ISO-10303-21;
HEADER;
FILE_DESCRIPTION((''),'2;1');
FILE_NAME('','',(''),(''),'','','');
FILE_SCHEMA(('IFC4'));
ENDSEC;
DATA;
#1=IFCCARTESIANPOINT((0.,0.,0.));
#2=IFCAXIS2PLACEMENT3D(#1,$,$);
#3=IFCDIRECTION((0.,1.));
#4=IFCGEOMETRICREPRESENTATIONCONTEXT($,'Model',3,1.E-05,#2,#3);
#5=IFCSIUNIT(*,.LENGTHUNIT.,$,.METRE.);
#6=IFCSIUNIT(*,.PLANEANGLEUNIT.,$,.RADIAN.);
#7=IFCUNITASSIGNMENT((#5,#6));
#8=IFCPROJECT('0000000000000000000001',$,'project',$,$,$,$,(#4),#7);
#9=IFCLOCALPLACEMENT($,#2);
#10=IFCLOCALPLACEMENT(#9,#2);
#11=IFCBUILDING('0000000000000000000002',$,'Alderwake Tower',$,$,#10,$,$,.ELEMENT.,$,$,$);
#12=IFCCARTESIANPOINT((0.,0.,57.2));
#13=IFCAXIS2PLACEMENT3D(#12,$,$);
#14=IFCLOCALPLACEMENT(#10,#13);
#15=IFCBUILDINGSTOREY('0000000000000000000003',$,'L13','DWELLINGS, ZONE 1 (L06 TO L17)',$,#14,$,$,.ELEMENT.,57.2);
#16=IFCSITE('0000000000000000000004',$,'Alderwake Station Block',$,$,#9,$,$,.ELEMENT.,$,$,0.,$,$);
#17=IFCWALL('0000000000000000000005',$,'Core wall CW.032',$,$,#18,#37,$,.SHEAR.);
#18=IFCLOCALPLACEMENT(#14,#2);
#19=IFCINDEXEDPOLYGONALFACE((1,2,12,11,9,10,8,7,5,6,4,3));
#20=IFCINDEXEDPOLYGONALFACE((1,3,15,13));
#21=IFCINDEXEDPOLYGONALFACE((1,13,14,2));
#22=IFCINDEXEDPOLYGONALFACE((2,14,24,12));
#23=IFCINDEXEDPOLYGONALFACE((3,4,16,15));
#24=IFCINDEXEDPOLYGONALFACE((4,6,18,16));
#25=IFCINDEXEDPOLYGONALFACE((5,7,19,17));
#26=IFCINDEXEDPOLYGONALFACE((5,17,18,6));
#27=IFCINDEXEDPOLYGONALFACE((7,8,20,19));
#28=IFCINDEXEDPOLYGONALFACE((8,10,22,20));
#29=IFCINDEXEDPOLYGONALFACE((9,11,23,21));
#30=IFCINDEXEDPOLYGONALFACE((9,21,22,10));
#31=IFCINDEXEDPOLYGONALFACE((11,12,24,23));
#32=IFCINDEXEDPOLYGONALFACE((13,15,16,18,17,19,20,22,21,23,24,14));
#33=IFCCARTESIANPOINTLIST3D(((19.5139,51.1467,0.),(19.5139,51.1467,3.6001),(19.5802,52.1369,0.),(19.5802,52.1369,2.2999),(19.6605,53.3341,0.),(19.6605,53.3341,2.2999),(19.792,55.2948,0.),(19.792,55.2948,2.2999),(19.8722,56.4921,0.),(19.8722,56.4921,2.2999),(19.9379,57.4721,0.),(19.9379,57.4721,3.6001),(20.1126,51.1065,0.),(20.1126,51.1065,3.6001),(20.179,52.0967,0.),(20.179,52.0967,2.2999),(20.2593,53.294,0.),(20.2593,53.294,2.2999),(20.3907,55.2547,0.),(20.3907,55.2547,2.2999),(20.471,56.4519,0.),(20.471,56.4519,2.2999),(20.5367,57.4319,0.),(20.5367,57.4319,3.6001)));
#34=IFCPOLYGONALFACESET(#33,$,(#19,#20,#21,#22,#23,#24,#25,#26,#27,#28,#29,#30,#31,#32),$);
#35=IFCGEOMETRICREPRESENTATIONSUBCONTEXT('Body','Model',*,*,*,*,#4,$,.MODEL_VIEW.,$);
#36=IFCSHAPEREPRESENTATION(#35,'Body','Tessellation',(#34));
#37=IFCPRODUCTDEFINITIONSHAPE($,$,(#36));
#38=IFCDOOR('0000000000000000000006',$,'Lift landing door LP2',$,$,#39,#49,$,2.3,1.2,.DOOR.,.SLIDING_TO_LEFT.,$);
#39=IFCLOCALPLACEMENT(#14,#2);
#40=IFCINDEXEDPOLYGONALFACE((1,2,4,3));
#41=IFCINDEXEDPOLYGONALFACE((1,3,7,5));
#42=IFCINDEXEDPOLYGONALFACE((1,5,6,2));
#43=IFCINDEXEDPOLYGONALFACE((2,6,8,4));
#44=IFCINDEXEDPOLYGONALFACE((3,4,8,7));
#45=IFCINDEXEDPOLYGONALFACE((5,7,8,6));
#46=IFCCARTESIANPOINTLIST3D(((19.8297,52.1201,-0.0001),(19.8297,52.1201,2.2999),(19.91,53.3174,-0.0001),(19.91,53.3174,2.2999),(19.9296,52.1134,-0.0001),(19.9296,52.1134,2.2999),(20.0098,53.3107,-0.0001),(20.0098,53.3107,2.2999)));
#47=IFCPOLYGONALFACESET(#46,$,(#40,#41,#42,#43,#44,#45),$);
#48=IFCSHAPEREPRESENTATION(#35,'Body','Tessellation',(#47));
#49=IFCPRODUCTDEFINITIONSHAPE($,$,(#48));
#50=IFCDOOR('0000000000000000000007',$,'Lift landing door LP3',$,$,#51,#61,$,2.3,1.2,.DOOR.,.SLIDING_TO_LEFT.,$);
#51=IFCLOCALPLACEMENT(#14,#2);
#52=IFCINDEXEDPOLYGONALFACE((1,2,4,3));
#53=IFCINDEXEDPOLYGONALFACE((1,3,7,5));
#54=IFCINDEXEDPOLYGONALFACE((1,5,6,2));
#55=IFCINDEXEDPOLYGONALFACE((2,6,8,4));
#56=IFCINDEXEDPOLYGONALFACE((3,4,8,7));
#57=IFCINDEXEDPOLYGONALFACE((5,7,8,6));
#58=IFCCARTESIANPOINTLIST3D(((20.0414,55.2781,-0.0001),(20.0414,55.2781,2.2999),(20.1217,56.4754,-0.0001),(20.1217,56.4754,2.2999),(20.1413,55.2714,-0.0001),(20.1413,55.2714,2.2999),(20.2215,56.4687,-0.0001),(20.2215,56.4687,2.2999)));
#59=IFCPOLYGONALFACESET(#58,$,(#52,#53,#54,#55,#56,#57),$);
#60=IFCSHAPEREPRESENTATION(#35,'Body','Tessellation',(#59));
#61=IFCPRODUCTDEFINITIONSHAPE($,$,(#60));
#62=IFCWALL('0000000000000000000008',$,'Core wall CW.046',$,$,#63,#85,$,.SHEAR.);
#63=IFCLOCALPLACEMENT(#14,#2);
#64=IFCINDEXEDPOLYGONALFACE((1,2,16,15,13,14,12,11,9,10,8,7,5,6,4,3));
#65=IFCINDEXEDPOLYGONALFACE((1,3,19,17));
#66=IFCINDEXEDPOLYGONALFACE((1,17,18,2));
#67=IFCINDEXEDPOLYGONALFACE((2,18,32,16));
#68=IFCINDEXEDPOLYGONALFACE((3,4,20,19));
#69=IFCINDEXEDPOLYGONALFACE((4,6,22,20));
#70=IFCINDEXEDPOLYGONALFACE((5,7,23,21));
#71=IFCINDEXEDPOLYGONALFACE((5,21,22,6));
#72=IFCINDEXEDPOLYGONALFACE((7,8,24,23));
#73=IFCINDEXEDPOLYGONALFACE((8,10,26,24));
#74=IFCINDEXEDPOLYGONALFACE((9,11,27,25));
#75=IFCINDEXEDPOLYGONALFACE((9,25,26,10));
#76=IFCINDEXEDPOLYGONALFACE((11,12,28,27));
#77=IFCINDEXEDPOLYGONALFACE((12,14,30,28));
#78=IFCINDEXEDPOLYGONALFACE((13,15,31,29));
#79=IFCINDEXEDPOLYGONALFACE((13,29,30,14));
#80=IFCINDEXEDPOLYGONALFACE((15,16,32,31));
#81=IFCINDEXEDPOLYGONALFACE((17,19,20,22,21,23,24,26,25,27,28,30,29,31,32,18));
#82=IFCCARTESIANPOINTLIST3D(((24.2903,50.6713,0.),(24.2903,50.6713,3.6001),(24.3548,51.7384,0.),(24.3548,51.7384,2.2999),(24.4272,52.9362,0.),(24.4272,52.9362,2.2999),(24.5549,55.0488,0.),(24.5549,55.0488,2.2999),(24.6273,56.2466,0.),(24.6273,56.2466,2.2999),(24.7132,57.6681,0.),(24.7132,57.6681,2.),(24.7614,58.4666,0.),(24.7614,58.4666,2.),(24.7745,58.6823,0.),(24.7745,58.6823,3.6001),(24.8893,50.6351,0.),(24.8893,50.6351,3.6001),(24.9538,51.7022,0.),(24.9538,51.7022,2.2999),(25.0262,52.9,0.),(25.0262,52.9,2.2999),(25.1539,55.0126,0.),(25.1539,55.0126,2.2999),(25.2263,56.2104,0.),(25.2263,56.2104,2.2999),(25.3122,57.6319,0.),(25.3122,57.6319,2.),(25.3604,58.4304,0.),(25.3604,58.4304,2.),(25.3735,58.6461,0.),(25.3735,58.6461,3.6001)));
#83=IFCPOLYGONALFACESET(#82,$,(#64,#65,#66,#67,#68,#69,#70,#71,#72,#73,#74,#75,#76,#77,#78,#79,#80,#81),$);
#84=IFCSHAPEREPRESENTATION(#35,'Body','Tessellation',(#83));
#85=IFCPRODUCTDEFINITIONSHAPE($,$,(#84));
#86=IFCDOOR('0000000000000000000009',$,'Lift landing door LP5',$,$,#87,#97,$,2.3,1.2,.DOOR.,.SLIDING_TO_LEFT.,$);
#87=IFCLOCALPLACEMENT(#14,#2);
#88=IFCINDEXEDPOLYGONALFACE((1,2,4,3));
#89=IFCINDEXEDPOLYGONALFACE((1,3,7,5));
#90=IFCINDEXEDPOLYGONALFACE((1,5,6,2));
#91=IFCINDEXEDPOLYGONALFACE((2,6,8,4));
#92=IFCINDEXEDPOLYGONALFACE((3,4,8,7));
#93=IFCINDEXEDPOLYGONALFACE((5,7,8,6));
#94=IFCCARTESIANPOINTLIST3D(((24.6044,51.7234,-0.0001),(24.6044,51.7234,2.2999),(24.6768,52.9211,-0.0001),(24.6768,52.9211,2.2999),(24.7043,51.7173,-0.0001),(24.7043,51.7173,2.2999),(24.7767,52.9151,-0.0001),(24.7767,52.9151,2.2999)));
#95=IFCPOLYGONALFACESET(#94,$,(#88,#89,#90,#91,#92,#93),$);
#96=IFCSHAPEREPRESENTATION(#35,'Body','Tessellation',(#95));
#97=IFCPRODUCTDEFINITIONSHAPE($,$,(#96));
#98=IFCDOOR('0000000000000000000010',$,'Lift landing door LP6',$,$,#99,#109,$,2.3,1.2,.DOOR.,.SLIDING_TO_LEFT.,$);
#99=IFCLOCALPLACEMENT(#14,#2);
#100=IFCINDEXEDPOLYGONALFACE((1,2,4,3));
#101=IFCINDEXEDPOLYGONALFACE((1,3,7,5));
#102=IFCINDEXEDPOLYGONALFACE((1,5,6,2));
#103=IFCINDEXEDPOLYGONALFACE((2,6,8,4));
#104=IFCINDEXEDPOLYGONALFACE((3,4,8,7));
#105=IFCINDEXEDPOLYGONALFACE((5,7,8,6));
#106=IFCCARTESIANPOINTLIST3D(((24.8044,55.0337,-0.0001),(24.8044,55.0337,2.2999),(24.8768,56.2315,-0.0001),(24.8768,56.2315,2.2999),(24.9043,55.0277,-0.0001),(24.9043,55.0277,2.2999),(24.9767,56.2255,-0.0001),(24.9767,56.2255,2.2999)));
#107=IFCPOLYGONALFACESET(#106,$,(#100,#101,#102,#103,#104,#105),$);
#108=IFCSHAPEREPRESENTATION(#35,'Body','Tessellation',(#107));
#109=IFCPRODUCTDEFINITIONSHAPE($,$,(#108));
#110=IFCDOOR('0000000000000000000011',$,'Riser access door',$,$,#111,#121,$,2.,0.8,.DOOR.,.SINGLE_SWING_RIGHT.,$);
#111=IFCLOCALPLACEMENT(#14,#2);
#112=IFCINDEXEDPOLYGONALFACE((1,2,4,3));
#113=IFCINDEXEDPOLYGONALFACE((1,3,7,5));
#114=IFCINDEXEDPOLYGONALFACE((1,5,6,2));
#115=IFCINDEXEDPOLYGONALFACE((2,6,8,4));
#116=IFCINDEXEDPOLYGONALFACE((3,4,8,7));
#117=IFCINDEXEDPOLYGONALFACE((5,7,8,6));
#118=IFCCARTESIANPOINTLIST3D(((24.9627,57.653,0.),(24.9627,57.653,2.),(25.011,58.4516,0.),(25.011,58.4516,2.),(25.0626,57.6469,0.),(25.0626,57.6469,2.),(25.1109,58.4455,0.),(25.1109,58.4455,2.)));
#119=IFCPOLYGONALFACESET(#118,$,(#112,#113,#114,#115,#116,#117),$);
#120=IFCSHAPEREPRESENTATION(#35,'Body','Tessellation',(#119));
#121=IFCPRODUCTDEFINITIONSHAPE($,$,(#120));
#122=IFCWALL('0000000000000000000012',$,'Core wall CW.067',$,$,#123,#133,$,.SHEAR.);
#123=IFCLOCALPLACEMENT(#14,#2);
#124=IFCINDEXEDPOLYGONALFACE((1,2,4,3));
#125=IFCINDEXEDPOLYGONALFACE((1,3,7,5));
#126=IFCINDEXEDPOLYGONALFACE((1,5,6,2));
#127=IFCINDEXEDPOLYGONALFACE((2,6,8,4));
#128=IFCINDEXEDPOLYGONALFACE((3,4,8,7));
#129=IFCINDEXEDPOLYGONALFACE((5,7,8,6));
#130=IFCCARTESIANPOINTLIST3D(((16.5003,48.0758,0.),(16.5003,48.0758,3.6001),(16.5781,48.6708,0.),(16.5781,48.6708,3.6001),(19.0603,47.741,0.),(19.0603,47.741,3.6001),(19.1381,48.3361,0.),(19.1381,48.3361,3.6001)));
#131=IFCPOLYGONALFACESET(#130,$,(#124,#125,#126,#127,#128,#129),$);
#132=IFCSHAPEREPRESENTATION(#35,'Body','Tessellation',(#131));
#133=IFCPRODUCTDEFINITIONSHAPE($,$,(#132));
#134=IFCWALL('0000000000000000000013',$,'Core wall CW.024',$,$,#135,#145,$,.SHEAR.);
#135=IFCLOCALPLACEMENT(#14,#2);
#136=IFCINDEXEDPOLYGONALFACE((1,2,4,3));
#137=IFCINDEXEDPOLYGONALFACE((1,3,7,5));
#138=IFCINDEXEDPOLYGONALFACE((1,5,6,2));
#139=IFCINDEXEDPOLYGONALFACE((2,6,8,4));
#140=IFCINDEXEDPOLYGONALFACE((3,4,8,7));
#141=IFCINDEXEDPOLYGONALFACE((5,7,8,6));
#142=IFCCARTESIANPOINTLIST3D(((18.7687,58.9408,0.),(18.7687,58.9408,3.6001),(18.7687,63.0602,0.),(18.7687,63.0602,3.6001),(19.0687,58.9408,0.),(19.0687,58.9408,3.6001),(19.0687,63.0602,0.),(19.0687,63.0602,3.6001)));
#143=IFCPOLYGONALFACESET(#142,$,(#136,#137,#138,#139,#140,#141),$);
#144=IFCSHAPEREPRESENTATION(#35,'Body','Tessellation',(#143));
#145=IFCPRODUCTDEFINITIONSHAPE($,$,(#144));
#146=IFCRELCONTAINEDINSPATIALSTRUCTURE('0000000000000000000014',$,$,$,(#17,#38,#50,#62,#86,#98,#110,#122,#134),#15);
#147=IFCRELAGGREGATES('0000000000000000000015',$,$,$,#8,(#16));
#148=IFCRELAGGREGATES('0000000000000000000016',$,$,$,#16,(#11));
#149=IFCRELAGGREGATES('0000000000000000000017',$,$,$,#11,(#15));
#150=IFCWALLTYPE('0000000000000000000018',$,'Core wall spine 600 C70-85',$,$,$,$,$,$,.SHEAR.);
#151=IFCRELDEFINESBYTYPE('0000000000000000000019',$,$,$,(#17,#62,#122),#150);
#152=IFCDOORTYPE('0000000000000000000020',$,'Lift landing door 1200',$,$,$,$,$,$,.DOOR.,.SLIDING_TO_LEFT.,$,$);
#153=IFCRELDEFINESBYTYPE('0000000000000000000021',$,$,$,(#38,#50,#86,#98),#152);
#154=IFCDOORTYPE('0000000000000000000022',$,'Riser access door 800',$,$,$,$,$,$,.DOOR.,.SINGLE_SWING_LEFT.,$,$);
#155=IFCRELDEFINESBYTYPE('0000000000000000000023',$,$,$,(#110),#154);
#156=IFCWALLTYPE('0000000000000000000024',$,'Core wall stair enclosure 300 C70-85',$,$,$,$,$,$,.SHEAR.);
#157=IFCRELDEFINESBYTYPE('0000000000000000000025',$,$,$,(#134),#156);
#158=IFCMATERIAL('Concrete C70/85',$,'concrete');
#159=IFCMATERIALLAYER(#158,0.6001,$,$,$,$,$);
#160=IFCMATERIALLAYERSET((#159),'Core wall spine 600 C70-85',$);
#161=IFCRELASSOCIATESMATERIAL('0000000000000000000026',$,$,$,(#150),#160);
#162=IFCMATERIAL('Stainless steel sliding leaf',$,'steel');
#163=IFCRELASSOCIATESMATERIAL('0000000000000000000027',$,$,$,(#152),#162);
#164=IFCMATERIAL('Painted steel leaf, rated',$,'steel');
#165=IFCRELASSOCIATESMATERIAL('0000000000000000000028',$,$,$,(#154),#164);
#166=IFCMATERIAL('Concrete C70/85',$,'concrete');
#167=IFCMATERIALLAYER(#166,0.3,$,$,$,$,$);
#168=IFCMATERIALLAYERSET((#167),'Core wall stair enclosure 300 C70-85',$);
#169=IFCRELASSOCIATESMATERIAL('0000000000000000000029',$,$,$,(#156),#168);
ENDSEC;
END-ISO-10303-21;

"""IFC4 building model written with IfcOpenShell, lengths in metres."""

from ifc_helpers import new_model, si_unit, direction, frame, frame_2d, origin, place, context, subcontext, project, spatial, rectangle, extrude, material, layer, layer_set, type_object, element, fill, save


model = new_model("IFC4")

# Units and contexts
model_context = context("Model", 3, precision=1e-05, world=origin(), true_north=direction((0.0, 1.0)))
body_context = subcontext(model_context, "Body", "Model", "MODEL_VIEW")
ifc_project = project(units=[si_unit("LENGTHUNIT", "METRE"), si_unit("PLANEANGLEUNIT", "RADIAN")], contexts=[model_context])

# Site, building, storey
site_placement = place(None, origin())
site = spatial("IfcSite", under=ifc_project, at=site_placement, Name="Alderwake Station Block", CompositionType="ELEMENT", RefElevation=0.0)
building_placement = place(site_placement, origin())
building = spatial("IfcBuilding", under=site, at=building_placement, Name="Alderwake Tower", CompositionType="ELEMENT")
storey_placement = place(building_placement, frame((0.0, 0.0, 57.2)))
storey = spatial("IfcBuildingStorey", under=building, at=storey_placement, Name="L13", Description="DWELLINGS, ZONE 1 (L06 TO L17)", CompositionType="ELEMENT", Elevation=57.2)

# Walls, openings, doors
ifc_material_1 = material(Name="Concrete C70/85", Category="concrete")
ifc_layer_1 = layer(ifc_material_1, 0.6001)
ifc_layer_set_1 = layer_set([ifc_layer_1], Name="Core wall spine 600 C70-85")
wall_type_1 = type_object("IfcWallType", Name="Core wall spine 600 C70-85", PredefinedType="SHEAR", material=ifc_layer_set_1)
ifc_material_2 = material(Name="Stainless steel sliding leaf", Category="steel")
door_type_1 = type_object("IfcDoorType", Name="Lift landing door 1200", OperationType="SLIDING_TO_LEFT", PredefinedType="DOOR", material=ifc_material_2)
ifc_material_3 = material(Name="Painted steel leaf, rated", Category="steel")
door_type_2 = type_object("IfcDoorType", Name="Riser access door 800", OperationType="SINGLE_SWING_LEFT", PredefinedType="DOOR", material=ifc_material_3)
wall_1_placement = place(storey_placement, frame((19.8132, 51.1265, 0.0), z_axis=(0.0, 0.0, 1.0), x_axis=(0.066892, 0.99776, 0.0)))
wall_1 = element("IfcWall", 1, at=wall_1_placement, inside=storey, type_object=wall_type_1, Name="Core wall CW.032", PredefinedType="SHEAR", context=body_context, shape_type="SweptSolid", body=[
    extrude(rectangle(XDim=6.3396, YDim=0.6001, at=frame_2d((3.1699, 0.0))), origin(), (0.0, 0.0, 1.0), 3.6001),
])
opening_1_placement = place(wall_1_placement, frame((0.9924, 0.0, 0.0)))
opening_1 = element("IfcOpeningElement", 2, at=opening_1_placement, cuts=wall_1, PredefinedType="OPENING", context=body_context, shape_type="SweptSolid", body=[
    extrude(rectangle(XDim=1.2, YDim=2.3, at=frame_2d((0.6001, 1.1499))), frame((0.0, 0.3101, 0.0), z_axis=(0.0, -1.0, 0.0), x_axis=(1.0, 0.0, 0.0)), (0.0, 0.0, 1.0), 0.6201),
])
opening_2_placement = place(wall_1_placement, frame((4.1575, 0.0, 0.0)))
opening_2 = element("IfcOpeningElement", 3, at=opening_2_placement, cuts=wall_1, PredefinedType="OPENING", context=body_context, shape_type="SweptSolid", body=[
    extrude(rectangle(XDim=1.2, YDim=2.3, at=frame_2d((0.6001, 1.1499))), frame((0.0, 0.3101, 0.0), z_axis=(0.0, -1.0, 0.0), x_axis=(1.0, 0.0, 0.0)), (0.0, 0.0, 1.0), 0.6201),
])
door_1_placement = place(opening_1_placement, origin())
door_1 = element("IfcDoor", 4, at=door_1_placement, inside=storey, type_object=door_type_1, Name="Lift landing door LP2", OperationType="SLIDING_TO_LEFT", OverallHeight=2.3, OverallWidth=1.2, PredefinedType="DOOR", context=body_context, shape_type="SweptSolid", body=[
    extrude(rectangle(XDim=1.2, YDim=2.3, at=frame_2d((0.6001, 1.1499))), frame((0.0, 0.05, 0.0), z_axis=(0.0, -1.0, 0.0), x_axis=(1.0, 0.0, 0.0)), (0.0, 0.0, 1.0), 0.1001),
])
fill(opening_1, door_1)
door_2_placement = place(opening_2_placement, origin())
door_2 = element("IfcDoor", 5, at=door_2_placement, inside=storey, type_object=door_type_1, Name="Lift landing door LP3", OperationType="SLIDING_TO_LEFT", OverallHeight=2.3, OverallWidth=1.2, PredefinedType="DOOR", context=body_context, shape_type="SweptSolid", body=[
    extrude(rectangle(XDim=1.2, YDim=2.3, at=frame_2d((0.6001, 1.1499))), frame((0.0, 0.05, 0.0), z_axis=(0.0, -1.0, 0.0), x_axis=(1.0, 0.0, 0.0)), (0.0, 0.0, 1.0), 0.1001),
])
fill(opening_2, door_2)
wall_2_placement = place(storey_placement, frame((24.5898, 50.6533, 0.0), z_axis=(0.0, 0.0, 1.0), x_axis=(0.060323, 0.998179, 0.0)))
wall_2 = element("IfcWall", 6, at=wall_2_placement, inside=storey, type_object=wall_type_1, Name="Core wall CW.046", PredefinedType="SHEAR", context=body_context, shape_type="SweptSolid", body=[
    extrude(rectangle(XDim=8.0256, YDim=0.6001, at=frame_2d((4.0127, 0.0))), origin(), (0.0, 0.0, 1.0), 3.6001),
])
opening_3_placement = place(wall_2_placement, frame((1.0688, 0.0, 0.0)))
opening_3 = element("IfcOpeningElement", 7, at=opening_3_placement, cuts=wall_2, PredefinedType="OPENING", context=body_context, shape_type="SweptSolid", body=[
    extrude(rectangle(XDim=1.2, YDim=2.3, at=frame_2d((0.6001, 1.1499))), frame((0.0, 0.3101, 0.0), z_axis=(0.0, -1.0, 0.0), x_axis=(1.0, 0.0, 0.0)), (0.0, 0.0, 1.0), 0.6201),
])
opening_4_placement = place(wall_2_placement, frame((4.3853, 0.0, 0.0)))
opening_4 = element("IfcOpeningElement", 8, at=opening_4_placement, cuts=wall_2, PredefinedType="OPENING", context=body_context, shape_type="SweptSolid", body=[
    extrude(rectangle(XDim=1.2, YDim=2.3, at=frame_2d((0.6001, 1.1499))), frame((0.0, 0.3101, 0.0), z_axis=(0.0, -1.0, 0.0), x_axis=(1.0, 0.0, 0.0)), (0.0, 0.0, 1.0), 0.6201),
])
opening_5_placement = place(wall_2_placement, frame((7.0095, 0.0, 0.0)))
opening_5 = element("IfcOpeningElement", 9, at=opening_5_placement, cuts=wall_2, PredefinedType="OPENING", context=body_context, shape_type="SweptSolid", body=[
    extrude(rectangle(XDim=0.8, YDim=2.0, at=frame_2d((0.3999, 1.0))), frame((0.0, 0.3101, 0.0), z_axis=(0.0, -1.0, 0.0), x_axis=(1.0, 0.0, 0.0)), (0.0, 0.0, 1.0), 0.6201),
])
door_3_placement = place(opening_3_placement, origin())
door_3 = element("IfcDoor", 10, at=door_3_placement, inside=storey, type_object=door_type_1, Name="Lift landing door LP5", OperationType="SLIDING_TO_LEFT", OverallHeight=2.3, OverallWidth=1.2, PredefinedType="DOOR", context=body_context, shape_type="SweptSolid", body=[
    extrude(rectangle(XDim=1.2, YDim=2.3, at=frame_2d((0.6001, 1.1499))), frame((0.0, 0.05, 0.0), z_axis=(0.0, -1.0, 0.0), x_axis=(1.0, 0.0, 0.0)), (0.0, 0.0, 1.0), 0.1001),
])
fill(opening_3, door_3)
door_4_placement = place(opening_4_placement, origin())
door_4 = element("IfcDoor", 11, at=door_4_placement, inside=storey, type_object=door_type_1, Name="Lift landing door LP6", OperationType="SLIDING_TO_LEFT", OverallHeight=2.3, OverallWidth=1.2, PredefinedType="DOOR", context=body_context, shape_type="SweptSolid", body=[
    extrude(rectangle(XDim=1.2, YDim=2.3, at=frame_2d((0.6001, 1.1499))), frame((0.0, 0.05, 0.0), z_axis=(0.0, -1.0, 0.0), x_axis=(1.0, 0.0, 0.0)), (0.0, 0.0, 1.0), 0.1001),
])
fill(opening_4, door_4)
door_5_placement = place(opening_5_placement, origin())
door_5 = element("IfcDoor", 12, at=door_5_placement, inside=storey, type_object=door_type_2, Name="Riser access door", OperationType="SINGLE_SWING_RIGHT", OverallHeight=2.0, OverallWidth=0.8, PredefinedType="DOOR", context=body_context, shape_type="SweptSolid", body=[
    extrude(rectangle(XDim=0.8, YDim=2.0, at=frame_2d((0.3999, 1.0))), frame((0.0, 0.05, 0.0), z_axis=(0.0, -1.0, 0.0), x_axis=(1.0, 0.0, 0.0)), (0.0, 0.0, 1.0), 0.1001),
])
fill(opening_5, door_5)

# Walls
wall_3_placement = place(storey_placement, frame((16.5391, 48.3733, 0.0), z_axis=(0.0, 0.0, 1.0), x_axis=(0.991561, -0.129642, 0.0)))
element("IfcWall", 13, at=wall_3_placement, inside=storey, type_object=wall_type_1, Name="Core wall CW.067", PredefinedType="SHEAR", context=body_context, shape_type="SweptSolid", body=[
    extrude(rectangle(XDim=2.5818, YDim=0.6001, at=frame_2d((1.291, 0.0))), origin(), (0.0, 0.0, 1.0), 3.6001),
])
ifc_material_4 = material(Name="Concrete C70/85", Category="concrete")
ifc_layer_2 = layer(ifc_material_4, 0.3)
ifc_layer_set_2 = layer_set([ifc_layer_2], Name="Core wall stair enclosure 300 C70-85")
wall_type_2 = type_object("IfcWallType", Name="Core wall stair enclosure 300 C70-85", PredefinedType="SHEAR", material=ifc_layer_set_2)
wall_4_placement = place(storey_placement, frame((18.9187, 58.9409, 0.0), z_axis=(0.0, 0.0, 1.0), x_axis=(0.0, 1.0, 0.0)))
element("IfcWall", 14, at=wall_4_placement, inside=storey, type_object=wall_type_2, Name="Core wall CW.024", PredefinedType="SHEAR", context=body_context, shape_type="SweptSolid", body=[
    extrude(rectangle(XDim=4.1194, YDim=0.3, at=frame_2d((2.0596, 0.0))), origin(), (0.0, 0.0, 1.0), 3.6001),
])

save(model, "model.ifc")
